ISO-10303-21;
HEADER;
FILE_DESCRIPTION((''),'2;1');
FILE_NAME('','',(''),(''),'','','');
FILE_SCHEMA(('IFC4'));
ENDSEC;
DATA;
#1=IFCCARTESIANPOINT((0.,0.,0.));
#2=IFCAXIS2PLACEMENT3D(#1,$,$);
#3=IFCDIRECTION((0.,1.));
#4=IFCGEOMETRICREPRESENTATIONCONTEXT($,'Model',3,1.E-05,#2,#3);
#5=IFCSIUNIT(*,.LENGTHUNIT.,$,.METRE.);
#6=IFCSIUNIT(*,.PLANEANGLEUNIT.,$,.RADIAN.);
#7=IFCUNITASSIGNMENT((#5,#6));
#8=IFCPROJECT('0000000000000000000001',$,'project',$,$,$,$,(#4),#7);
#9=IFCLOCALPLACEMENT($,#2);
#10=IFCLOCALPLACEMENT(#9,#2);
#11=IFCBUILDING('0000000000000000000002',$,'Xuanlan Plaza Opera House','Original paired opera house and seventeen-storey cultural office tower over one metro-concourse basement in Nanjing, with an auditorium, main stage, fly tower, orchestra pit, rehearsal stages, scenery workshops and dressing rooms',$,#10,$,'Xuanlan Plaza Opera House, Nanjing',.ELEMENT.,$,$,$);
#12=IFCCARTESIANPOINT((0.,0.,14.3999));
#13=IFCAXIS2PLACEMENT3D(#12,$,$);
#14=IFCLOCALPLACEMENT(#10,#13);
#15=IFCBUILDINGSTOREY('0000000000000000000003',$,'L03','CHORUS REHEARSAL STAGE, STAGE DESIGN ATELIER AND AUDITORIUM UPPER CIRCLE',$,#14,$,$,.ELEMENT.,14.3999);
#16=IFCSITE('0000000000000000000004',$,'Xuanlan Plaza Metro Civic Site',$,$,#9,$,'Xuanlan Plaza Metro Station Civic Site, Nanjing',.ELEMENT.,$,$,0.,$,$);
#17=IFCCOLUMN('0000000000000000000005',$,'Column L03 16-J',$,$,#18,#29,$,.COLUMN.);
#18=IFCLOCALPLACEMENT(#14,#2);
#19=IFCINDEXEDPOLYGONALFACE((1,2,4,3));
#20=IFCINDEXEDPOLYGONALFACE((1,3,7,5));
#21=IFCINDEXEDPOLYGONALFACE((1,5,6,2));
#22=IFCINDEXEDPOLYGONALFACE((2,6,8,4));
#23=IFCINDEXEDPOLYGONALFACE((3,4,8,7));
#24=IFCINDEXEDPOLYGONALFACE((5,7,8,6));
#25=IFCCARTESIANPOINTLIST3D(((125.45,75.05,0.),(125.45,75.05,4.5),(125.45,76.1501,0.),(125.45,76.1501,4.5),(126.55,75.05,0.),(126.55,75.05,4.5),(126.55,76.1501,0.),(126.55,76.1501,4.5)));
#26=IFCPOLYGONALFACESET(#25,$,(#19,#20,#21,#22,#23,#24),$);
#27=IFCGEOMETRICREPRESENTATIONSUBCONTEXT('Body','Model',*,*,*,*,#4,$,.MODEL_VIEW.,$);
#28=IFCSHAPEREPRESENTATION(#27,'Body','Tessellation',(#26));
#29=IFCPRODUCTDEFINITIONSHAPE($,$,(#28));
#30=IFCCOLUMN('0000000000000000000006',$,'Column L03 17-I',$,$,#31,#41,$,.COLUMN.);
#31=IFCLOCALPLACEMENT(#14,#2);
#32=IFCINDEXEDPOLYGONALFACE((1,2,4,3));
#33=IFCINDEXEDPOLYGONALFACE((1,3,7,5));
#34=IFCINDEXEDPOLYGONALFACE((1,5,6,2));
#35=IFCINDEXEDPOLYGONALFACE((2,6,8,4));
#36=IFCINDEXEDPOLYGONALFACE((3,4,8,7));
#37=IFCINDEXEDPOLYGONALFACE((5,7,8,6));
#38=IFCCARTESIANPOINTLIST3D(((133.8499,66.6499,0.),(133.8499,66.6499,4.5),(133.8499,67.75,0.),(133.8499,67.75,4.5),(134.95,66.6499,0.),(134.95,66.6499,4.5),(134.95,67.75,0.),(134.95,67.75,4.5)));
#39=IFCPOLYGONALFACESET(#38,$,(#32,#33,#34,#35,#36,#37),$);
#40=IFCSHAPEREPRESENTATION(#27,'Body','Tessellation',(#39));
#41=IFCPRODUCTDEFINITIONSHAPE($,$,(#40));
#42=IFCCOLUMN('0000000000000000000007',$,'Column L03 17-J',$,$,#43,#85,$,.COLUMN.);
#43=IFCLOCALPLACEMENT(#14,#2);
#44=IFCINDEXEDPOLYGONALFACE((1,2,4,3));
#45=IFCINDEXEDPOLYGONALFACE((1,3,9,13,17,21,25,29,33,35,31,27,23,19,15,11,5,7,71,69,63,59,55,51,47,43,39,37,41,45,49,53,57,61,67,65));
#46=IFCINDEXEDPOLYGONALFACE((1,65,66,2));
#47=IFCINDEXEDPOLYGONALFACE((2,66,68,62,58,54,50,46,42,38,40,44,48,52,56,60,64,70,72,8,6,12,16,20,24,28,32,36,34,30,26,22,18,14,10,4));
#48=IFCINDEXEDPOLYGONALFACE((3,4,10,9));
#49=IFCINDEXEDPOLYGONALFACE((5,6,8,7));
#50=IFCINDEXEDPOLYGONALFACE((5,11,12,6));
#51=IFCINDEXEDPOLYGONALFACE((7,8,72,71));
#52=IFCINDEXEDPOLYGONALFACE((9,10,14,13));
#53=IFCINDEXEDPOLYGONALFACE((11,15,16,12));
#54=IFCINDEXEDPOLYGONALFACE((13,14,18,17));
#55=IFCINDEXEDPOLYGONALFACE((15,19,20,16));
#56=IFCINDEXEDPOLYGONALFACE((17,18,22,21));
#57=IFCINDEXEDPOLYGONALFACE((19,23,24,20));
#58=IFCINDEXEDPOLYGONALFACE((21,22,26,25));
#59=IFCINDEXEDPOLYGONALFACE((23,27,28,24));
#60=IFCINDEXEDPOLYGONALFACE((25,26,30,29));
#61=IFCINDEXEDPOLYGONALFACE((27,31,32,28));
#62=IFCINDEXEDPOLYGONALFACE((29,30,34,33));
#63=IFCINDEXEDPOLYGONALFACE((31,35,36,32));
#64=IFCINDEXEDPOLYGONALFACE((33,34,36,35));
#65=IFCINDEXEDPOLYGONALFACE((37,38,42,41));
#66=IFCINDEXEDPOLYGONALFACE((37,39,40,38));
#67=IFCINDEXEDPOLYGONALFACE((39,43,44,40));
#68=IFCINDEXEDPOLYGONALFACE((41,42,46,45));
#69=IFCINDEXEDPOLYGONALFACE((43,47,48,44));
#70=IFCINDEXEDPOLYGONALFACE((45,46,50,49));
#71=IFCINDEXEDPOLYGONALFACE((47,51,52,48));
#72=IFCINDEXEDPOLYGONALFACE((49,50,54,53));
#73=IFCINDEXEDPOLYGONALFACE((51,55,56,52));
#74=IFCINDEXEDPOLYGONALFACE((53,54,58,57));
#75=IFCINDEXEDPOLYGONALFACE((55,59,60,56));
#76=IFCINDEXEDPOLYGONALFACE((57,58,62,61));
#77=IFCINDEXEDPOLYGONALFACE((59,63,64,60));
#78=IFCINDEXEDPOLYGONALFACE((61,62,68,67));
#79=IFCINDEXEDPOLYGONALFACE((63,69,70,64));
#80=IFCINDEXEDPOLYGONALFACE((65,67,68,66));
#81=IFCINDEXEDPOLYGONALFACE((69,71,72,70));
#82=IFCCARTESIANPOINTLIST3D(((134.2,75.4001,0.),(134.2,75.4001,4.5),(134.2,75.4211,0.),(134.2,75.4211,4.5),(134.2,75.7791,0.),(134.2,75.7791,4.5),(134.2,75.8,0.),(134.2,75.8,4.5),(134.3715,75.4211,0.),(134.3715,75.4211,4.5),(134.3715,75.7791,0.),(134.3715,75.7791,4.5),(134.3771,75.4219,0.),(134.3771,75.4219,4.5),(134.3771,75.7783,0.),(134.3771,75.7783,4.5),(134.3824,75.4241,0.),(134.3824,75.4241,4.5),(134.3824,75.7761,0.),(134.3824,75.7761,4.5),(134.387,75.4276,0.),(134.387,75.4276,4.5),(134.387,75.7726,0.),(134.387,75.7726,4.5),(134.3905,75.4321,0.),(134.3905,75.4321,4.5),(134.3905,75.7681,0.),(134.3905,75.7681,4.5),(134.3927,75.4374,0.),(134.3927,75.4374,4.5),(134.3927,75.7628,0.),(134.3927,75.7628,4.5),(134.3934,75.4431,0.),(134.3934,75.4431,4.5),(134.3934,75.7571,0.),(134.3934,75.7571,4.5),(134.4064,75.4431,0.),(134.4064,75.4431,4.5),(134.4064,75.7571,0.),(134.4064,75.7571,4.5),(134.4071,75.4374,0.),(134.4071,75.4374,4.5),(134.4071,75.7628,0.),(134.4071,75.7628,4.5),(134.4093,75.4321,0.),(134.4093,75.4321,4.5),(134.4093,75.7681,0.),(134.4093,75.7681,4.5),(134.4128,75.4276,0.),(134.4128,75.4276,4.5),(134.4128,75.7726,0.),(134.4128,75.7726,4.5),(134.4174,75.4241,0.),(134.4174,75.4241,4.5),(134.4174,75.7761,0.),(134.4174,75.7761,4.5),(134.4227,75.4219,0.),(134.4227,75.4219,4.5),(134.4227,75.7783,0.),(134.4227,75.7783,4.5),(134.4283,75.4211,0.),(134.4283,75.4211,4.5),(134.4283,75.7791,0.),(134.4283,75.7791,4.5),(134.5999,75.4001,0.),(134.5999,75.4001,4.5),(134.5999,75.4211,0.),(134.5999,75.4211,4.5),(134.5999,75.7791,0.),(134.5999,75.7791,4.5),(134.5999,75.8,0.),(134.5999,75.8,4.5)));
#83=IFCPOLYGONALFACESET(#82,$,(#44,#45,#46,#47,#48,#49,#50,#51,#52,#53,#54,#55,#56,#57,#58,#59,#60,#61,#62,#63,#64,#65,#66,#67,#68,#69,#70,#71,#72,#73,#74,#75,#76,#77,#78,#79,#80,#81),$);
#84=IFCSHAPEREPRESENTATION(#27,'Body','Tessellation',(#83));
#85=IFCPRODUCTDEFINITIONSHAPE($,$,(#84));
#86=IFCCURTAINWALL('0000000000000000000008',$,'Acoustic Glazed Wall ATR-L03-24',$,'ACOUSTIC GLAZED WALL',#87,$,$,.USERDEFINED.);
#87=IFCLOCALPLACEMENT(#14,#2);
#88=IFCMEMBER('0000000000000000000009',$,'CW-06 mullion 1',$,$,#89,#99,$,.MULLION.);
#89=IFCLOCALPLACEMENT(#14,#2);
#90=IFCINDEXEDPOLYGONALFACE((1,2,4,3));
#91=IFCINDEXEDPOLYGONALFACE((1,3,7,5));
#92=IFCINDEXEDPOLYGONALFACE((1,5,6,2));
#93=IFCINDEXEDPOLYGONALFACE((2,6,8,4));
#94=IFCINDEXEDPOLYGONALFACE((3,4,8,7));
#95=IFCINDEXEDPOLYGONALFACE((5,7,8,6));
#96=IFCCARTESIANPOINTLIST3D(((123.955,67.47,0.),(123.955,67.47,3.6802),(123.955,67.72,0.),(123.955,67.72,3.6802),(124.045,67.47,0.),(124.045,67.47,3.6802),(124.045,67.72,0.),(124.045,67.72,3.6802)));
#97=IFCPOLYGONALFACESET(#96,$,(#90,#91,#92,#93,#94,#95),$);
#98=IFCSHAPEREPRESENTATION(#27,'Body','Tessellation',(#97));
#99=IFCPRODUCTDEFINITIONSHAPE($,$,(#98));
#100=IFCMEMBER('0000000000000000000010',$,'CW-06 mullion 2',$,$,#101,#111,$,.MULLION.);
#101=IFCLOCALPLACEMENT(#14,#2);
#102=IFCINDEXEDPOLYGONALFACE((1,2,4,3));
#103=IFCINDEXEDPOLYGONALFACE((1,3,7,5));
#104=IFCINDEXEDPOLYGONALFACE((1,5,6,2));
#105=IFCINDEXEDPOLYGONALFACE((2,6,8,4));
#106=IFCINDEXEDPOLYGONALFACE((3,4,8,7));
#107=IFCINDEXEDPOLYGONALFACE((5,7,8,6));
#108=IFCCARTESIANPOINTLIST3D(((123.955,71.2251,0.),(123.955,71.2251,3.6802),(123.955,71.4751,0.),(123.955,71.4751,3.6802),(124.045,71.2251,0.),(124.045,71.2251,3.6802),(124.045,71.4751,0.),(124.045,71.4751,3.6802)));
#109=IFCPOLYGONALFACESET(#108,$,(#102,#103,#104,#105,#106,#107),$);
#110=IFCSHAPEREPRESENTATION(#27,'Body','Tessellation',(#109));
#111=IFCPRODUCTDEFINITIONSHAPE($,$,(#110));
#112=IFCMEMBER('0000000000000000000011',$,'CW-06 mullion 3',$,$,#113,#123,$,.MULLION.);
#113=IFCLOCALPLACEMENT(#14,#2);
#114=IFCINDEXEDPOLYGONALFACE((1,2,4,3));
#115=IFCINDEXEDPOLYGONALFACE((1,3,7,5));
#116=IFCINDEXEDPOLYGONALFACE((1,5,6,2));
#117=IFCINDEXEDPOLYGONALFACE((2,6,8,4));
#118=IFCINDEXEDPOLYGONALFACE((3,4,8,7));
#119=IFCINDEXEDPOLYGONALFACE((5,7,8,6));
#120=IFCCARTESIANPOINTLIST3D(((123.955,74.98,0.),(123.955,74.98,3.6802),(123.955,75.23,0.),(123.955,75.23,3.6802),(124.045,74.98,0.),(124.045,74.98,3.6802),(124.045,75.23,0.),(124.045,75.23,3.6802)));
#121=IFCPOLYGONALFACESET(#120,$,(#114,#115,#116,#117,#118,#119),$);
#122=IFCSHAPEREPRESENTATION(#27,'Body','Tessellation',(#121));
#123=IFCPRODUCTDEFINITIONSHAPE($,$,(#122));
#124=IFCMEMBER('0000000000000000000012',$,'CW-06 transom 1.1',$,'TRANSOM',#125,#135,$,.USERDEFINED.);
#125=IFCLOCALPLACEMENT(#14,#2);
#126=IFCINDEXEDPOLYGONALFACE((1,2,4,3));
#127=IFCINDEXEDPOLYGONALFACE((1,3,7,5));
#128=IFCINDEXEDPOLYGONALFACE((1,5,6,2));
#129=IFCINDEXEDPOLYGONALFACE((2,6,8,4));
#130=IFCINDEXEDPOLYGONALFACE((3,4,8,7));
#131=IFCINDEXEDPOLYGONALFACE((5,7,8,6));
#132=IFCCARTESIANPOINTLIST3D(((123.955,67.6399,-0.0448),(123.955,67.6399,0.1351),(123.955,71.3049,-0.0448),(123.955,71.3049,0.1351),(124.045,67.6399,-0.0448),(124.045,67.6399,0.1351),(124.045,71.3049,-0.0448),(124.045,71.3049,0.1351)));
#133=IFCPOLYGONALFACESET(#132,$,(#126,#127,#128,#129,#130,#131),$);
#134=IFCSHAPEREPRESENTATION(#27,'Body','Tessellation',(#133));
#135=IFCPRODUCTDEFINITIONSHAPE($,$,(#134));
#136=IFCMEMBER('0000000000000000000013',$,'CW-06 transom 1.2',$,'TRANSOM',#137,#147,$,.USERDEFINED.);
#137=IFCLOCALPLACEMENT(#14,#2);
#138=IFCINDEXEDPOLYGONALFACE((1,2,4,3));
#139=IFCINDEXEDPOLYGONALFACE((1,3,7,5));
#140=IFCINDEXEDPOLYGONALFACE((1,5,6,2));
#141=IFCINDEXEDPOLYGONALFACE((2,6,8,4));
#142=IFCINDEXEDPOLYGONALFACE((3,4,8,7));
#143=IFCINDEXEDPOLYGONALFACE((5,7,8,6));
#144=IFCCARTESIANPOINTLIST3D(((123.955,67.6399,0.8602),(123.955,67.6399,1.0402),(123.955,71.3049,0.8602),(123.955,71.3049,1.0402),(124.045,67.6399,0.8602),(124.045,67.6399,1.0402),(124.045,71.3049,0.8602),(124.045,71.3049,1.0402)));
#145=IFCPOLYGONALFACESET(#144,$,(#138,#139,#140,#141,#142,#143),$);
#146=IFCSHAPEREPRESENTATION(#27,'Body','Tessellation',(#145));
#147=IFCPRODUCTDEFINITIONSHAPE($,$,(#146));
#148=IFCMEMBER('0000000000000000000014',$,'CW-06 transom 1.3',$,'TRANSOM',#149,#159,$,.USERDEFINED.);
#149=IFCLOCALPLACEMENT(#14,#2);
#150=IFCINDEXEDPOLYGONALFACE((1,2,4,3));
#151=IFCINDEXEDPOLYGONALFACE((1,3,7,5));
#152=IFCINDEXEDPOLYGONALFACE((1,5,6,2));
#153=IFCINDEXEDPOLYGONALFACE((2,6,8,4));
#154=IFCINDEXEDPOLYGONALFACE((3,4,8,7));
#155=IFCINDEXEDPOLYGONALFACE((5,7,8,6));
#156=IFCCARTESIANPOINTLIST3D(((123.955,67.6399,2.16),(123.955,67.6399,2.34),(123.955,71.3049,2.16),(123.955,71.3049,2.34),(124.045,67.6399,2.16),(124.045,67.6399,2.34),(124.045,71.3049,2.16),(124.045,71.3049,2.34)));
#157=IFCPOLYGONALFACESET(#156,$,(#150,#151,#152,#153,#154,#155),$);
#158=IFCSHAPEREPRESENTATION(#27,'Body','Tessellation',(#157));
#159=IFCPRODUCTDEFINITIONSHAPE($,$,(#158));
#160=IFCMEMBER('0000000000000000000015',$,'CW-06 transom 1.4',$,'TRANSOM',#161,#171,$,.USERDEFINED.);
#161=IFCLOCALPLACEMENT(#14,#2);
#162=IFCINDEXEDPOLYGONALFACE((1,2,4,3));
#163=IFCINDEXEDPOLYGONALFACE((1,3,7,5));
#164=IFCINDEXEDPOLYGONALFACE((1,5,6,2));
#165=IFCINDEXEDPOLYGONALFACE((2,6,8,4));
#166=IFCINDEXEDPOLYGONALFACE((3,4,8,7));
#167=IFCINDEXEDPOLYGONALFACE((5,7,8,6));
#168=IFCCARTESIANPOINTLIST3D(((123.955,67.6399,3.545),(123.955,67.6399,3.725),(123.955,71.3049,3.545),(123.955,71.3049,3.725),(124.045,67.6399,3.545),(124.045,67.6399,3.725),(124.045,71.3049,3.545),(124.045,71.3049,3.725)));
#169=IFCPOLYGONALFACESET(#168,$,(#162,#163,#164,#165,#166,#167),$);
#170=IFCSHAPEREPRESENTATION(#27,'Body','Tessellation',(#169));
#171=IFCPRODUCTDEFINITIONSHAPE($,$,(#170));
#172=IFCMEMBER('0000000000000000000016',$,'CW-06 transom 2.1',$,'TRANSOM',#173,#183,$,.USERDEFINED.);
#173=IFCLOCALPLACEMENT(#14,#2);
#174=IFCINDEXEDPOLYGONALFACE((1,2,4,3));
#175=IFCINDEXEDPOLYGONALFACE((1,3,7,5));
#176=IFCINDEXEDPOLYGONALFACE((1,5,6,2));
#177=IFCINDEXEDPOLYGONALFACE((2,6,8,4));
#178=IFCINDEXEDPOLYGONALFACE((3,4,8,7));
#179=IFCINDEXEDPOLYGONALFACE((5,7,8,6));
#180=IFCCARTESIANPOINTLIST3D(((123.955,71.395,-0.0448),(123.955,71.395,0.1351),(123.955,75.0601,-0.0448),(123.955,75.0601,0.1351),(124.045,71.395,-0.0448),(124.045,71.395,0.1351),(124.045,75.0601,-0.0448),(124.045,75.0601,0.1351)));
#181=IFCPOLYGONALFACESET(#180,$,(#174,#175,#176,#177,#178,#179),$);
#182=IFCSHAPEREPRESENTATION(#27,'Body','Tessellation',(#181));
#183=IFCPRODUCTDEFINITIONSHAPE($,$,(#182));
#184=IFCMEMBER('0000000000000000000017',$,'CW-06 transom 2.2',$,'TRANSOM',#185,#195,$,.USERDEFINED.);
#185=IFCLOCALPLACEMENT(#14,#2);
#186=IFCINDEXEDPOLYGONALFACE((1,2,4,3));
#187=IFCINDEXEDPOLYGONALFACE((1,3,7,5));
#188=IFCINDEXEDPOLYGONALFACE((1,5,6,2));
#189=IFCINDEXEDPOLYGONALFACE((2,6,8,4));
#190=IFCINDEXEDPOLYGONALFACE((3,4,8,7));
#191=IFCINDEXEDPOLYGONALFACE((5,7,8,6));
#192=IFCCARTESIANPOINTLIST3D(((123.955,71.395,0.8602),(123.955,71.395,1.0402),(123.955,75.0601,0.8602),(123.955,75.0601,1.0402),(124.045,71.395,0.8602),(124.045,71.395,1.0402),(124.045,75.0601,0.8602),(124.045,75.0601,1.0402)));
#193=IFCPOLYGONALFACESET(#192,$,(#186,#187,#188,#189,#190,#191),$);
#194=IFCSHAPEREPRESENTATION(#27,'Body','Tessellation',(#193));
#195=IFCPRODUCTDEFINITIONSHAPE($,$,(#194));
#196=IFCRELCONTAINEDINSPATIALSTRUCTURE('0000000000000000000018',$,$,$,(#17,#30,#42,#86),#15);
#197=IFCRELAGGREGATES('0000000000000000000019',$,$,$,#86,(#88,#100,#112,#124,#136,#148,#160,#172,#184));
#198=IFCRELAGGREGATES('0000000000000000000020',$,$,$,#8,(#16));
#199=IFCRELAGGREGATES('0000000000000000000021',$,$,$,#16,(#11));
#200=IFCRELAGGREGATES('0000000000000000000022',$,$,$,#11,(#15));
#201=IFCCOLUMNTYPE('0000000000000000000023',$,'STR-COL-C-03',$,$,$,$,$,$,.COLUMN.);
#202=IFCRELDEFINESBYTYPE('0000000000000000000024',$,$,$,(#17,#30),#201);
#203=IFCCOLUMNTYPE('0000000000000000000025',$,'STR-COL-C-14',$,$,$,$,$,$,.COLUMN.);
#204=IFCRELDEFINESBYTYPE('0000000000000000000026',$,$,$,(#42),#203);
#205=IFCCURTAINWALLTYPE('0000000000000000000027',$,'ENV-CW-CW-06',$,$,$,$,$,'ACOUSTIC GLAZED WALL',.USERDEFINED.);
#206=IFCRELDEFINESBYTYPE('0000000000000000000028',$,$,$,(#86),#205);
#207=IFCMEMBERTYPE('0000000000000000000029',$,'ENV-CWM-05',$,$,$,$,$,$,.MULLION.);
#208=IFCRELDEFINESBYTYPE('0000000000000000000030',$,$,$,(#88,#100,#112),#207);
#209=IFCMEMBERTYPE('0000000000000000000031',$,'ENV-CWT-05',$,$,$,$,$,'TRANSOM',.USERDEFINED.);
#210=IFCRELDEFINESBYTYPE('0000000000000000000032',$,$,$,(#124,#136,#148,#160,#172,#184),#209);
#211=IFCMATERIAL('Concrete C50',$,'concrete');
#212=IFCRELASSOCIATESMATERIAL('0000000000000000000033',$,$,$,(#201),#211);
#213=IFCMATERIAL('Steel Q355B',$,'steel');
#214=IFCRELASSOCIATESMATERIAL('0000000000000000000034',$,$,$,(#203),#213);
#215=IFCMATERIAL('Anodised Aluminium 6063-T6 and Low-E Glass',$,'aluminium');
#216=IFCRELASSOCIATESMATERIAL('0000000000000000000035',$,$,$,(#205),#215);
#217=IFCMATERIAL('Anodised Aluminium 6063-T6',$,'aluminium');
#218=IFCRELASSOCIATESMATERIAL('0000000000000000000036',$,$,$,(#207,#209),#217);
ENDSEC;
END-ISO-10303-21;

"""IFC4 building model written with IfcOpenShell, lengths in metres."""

from ifc_helpers import new_model, si_unit, direction, frame, origin, origin_2d, place, context, subcontext, project, spatial, rectangle, i_section, extrude, material, material_profile, profile_set, type_object, element, aggregate, save


model = new_model("IFC4")

# Units and contexts
model_context = context("Model", 3, precision=1e-05, world=origin(), true_north=direction((0.0, 1.0)))
body_context = subcontext(model_context, "Body", "Model", "MODEL_VIEW")
ifc_project = project(units=[si_unit("LENGTHUNIT", "METRE"), si_unit("PLANEANGLEUNIT", "RADIAN")], contexts=[model_context])

# Site, building, storey
site_placement = place(None, origin())
site = spatial("IfcSite", under=ifc_project, at=site_placement, Name="Xuanlan Plaza Metro Civic Site", LongName="Xuanlan Plaza Metro Station Civic Site, Nanjing", CompositionType="ELEMENT", RefElevation=0.0)
building_placement = place(site_placement, origin())
building = spatial("IfcBuilding", under=site, at=building_placement, Name="Xuanlan Plaza Opera House", Description="Original paired opera house and seventeen-storey cultural office tower over one metro-concourse basement in Nanjing, with an auditorium, main stage, fly tower, orchestra pit, rehearsal stages, scenery workshops and dressing rooms", LongName="Xuanlan Plaza Opera House, Nanjing", CompositionType="ELEMENT")
storey_placement = place(building_placement, frame((0.0, 0.0, 14.3999)))
storey = spatial("IfcBuildingStorey", under=building, at=storey_placement, Name="L03", Description="CHORUS REHEARSAL STAGE, STAGE DESIGN ATELIER AND AUDITORIUM UPPER CIRCLE", CompositionType="ELEMENT", Elevation=14.3999)

# Columns
ifc_material_1 = material(Name="Concrete C50", Category="concrete")
ifc_material_profile_1 = material_profile(ifc_material_1, rectangle(XDim=1.1001, YDim=1.1001, at=origin_2d()), Name="RC-COL 1100x1100")
ifc_profile_set_1 = profile_set([ifc_material_profile_1], Name="Concrete C50")
column_type_1 = type_object("IfcColumnType", Name="STR-COL-C-03", PredefinedType="COLUMN", material=ifc_profile_set_1)
for number, where, z_axis, x_axis, name in (
    (1, (126.0, 75.6001, 0.0), (0.0, 0.0, 1.0), (1.0, 0.0, 0.0), "Column L03 16-J"),
    (2, (134.3999, 67.2, 0.0), (0.0, 0.0, 1.0), (1.0, 0.0, 0.0), "Column L03 17-I"),
):
    element("IfcColumn", number, at=place(storey_placement, frame(where, z_axis=z_axis, x_axis=x_axis)), inside=storey, type_object=column_type_1, Name=name, PredefinedType="COLUMN", context=body_context, shape_type="SweptSolid", body=[
        extrude(rectangle(XDim=1.1001, YDim=1.1001, at=origin_2d()), origin(), (0.0, 0.0, 1.0), 4.5),
    ])
ifc_material_2 = material(Name="Steel Q355B", Category="steel")
ifc_material_profile_2 = material_profile(ifc_material_2, i_section(OverallWidth=0.3999, OverallDepth=0.3999, WebThickness=0.0129, FlangeThickness=0.021, FilletRadius=0.022, at=origin_2d()), Name="HW 400x400x13x21")
ifc_profile_set_2 = profile_set([ifc_material_profile_2], Name="Steel Q355B")
column_type_2 = type_object("IfcColumnType", Name="STR-COL-C-14", PredefinedType="COLUMN", material=ifc_profile_set_2)
column_placement = place(storey_placement, frame((134.3999, 75.6001, 0.0), z_axis=(0.0, 0.0, 1.0), x_axis=(1.0, 0.0, 0.0)))
element("IfcColumn", 3, at=column_placement, inside=storey, type_object=column_type_2, Name="Column L03 17-J", PredefinedType="COLUMN", context=body_context, shape_type="SweptSolid", body=[
    extrude(i_section(OverallWidth=0.3999, OverallDepth=0.3999, WebThickness=0.0129, FlangeThickness=0.021, FilletRadius=0.022, at=origin_2d()), origin(), (0.0, 0.0, 1.0), 4.5),
])

# Curtain wall, members
ifc_material_3 = material(Name="Anodised Aluminium 6063-T6 and Low-E Glass", Category="aluminium")
curtain_wall_type = type_object("IfcCurtainWallType", Name="ENV-CW-CW-06", ElementType="ACOUSTIC GLAZED WALL", PredefinedType="USERDEFINED", material=ifc_material_3)
curtain_wall_placement = place(storey_placement, origin())
curtain_wall = element("IfcCurtainWall", 4, at=curtain_wall_placement, inside=storey, type_object=curtain_wall_type, Name="Acoustic Glazed Wall ATR-L03-24", ObjectType="ACOUSTIC GLAZED WALL", PredefinedType="USERDEFINED")
ifc_material_4 = material(Name="Anodised Aluminium 6063-T6", Category="aluminium")
ifc_material_profile_3 = material_profile(ifc_material_4, rectangle(XDim=0.0901, YDim=0.25, at=origin_2d()), Name="ALU-M 90x250")
ifc_profile_set_3 = profile_set([ifc_material_profile_3], Name="Anodised Aluminium 6063-T6")
member_type_1 = type_object("IfcMemberType", Name="ENV-CWM-05", PredefinedType="MULLION", material=ifc_profile_set_3)
member_1_placement = place(storey_placement, frame((124.0, 67.595, 0.0), z_axis=(0.0, 0.0, 1.0), x_axis=(-1.0, 0.0, 0.0)))
member_1 = element("IfcMember", 5, at=member_1_placement, type_object=member_type_1, Name="CW-06 mullion 1", PredefinedType="MULLION", context=body_context, shape_type="SweptSolid", body=[
    extrude(rectangle(XDim=0.0901, YDim=0.25, at=origin_2d()), origin(), (0.0, 0.0, 1.0), 3.6802),
])
member_2_placement = place(storey_placement, frame((124.0, 71.3501, 0.0), z_axis=(0.0, 0.0, 1.0), x_axis=(-1.0, 0.0, 0.0)))
member_2 = element("IfcMember", 6, at=member_2_placement, type_object=member_type_1, Name="CW-06 mullion 2", PredefinedType="MULLION", context=body_context, shape_type="SweptSolid", body=[
    extrude(rectangle(XDim=0.0901, YDim=0.25, at=origin_2d()), origin(), (0.0, 0.0, 1.0), 3.6802),
])
member_3_placement = place(storey_placement, frame((124.0, 75.105, 0.0), z_axis=(0.0, 0.0, 1.0), x_axis=(-1.0, 0.0, 0.0)))
member_3 = element("IfcMember", 7, at=member_3_placement, type_object=member_type_1, Name="CW-06 mullion 3", PredefinedType="MULLION", context=body_context, shape_type="SweptSolid", body=[
    extrude(rectangle(XDim=0.0901, YDim=0.25, at=origin_2d()), origin(), (0.0, 0.0, 1.0), 3.6802),
])
ifc_material_profile_4 = material_profile(ifc_material_4, rectangle(XDim=0.0901, YDim=0.1799, at=origin_2d()), Name="ALU-T 90x180")
ifc_profile_set_4 = profile_set([ifc_material_profile_4], Name="Anodised Aluminium 6063-T6")
member_type_2 = type_object("IfcMemberType", Name="ENV-CWT-05", ElementType="TRANSOM", PredefinedType="USERDEFINED", material=ifc_profile_set_4)
member_4_placement = place(storey_placement, frame((124.0, 67.6399, 0.0452), z_axis=(0.0, 1.0, 0.0), x_axis=(-1.0, 0.0, 0.0)))
member_4 = element("IfcMember", 8, at=member_4_placement, type_object=member_type_2, Name="CW-06 transom 1.1", ObjectType="TRANSOM", PredefinedType="USERDEFINED", context=body_context, shape_type="SweptSolid", body=[
    extrude(rectangle(XDim=0.0901, YDim=0.1799, at=origin_2d()), origin(), (0.0, 0.0, 1.0), 3.665),
])
member_5_placement = place(storey_placement, frame((124.0, 67.6399, 0.9502), z_axis=(0.0, 1.0, 0.0), x_axis=(-1.0, 0.0, 0.0)))
member_5 = element("IfcMember", 9, at=member_5_placement, type_object=member_type_2, Name="CW-06 transom 1.2", ObjectType="TRANSOM", PredefinedType="USERDEFINED", context=body_context, shape_type="SweptSolid", body=[
    extrude(rectangle(XDim=0.0901, YDim=0.1799, at=origin_2d()), origin(), (0.0, 0.0, 1.0), 3.665),
])
member_6_placement = place(storey_placement, frame((124.0, 67.6399, 2.25), z_axis=(0.0, 1.0, 0.0), x_axis=(-1.0, 0.0, 0.0)))
member_6 = element("IfcMember", 10, at=member_6_placement, type_object=member_type_2, Name="CW-06 transom 1.3", ObjectType="TRANSOM", PredefinedType="USERDEFINED", context=body_context, shape_type="SweptSolid", body=[
    extrude(rectangle(XDim=0.0901, YDim=0.1799, at=origin_2d()), origin(), (0.0, 0.0, 1.0), 3.665),
])
member_7_placement = place(storey_placement, frame((124.0, 67.6399, 3.635), z_axis=(0.0, 1.0, 0.0), x_axis=(-1.0, 0.0, 0.0)))
member_7 = element("IfcMember", 11, at=member_7_placement, type_object=member_type_2, Name="CW-06 transom 1.4", ObjectType="TRANSOM", PredefinedType="USERDEFINED", context=body_context, shape_type="SweptSolid", body=[
    extrude(rectangle(XDim=0.0901, YDim=0.1799, at=origin_2d()), origin(), (0.0, 0.0, 1.0), 3.665),
])
member_8_placement = place(storey_placement, frame((124.0, 71.395, 0.0452), z_axis=(0.0, 1.0, 0.0), x_axis=(-1.0, 0.0, 0.0)))
member_8 = element("IfcMember", 12, at=member_8_placement, type_object=member_type_2, Name="CW-06 transom 2.1", ObjectType="TRANSOM", PredefinedType="USERDEFINED", context=body_context, shape_type="SweptSolid", body=[
    extrude(rectangle(XDim=0.0901, YDim=0.1799, at=origin_2d()), origin(), (0.0, 0.0, 1.0), 3.665),
])
member_9_placement = place(storey_placement, frame((124.0, 71.395, 0.9502), z_axis=(0.0, 1.0, 0.0), x_axis=(-1.0, 0.0, 0.0)))
member_9 = element("IfcMember", 13, at=member_9_placement, type_object=member_type_2, Name="CW-06 transom 2.2", ObjectType="TRANSOM", PredefinedType="USERDEFINED", context=body_context, shape_type="SweptSolid", body=[
    extrude(rectangle(XDim=0.0901, YDim=0.1799, at=origin_2d()), origin(), (0.0, 0.0, 1.0), 3.665),
])

aggregate(curtain_wall, [member_1, member_2, member_3, member_4, member_5, member_6, member_7, member_8, member_9])

save(model, "model.ifc")
